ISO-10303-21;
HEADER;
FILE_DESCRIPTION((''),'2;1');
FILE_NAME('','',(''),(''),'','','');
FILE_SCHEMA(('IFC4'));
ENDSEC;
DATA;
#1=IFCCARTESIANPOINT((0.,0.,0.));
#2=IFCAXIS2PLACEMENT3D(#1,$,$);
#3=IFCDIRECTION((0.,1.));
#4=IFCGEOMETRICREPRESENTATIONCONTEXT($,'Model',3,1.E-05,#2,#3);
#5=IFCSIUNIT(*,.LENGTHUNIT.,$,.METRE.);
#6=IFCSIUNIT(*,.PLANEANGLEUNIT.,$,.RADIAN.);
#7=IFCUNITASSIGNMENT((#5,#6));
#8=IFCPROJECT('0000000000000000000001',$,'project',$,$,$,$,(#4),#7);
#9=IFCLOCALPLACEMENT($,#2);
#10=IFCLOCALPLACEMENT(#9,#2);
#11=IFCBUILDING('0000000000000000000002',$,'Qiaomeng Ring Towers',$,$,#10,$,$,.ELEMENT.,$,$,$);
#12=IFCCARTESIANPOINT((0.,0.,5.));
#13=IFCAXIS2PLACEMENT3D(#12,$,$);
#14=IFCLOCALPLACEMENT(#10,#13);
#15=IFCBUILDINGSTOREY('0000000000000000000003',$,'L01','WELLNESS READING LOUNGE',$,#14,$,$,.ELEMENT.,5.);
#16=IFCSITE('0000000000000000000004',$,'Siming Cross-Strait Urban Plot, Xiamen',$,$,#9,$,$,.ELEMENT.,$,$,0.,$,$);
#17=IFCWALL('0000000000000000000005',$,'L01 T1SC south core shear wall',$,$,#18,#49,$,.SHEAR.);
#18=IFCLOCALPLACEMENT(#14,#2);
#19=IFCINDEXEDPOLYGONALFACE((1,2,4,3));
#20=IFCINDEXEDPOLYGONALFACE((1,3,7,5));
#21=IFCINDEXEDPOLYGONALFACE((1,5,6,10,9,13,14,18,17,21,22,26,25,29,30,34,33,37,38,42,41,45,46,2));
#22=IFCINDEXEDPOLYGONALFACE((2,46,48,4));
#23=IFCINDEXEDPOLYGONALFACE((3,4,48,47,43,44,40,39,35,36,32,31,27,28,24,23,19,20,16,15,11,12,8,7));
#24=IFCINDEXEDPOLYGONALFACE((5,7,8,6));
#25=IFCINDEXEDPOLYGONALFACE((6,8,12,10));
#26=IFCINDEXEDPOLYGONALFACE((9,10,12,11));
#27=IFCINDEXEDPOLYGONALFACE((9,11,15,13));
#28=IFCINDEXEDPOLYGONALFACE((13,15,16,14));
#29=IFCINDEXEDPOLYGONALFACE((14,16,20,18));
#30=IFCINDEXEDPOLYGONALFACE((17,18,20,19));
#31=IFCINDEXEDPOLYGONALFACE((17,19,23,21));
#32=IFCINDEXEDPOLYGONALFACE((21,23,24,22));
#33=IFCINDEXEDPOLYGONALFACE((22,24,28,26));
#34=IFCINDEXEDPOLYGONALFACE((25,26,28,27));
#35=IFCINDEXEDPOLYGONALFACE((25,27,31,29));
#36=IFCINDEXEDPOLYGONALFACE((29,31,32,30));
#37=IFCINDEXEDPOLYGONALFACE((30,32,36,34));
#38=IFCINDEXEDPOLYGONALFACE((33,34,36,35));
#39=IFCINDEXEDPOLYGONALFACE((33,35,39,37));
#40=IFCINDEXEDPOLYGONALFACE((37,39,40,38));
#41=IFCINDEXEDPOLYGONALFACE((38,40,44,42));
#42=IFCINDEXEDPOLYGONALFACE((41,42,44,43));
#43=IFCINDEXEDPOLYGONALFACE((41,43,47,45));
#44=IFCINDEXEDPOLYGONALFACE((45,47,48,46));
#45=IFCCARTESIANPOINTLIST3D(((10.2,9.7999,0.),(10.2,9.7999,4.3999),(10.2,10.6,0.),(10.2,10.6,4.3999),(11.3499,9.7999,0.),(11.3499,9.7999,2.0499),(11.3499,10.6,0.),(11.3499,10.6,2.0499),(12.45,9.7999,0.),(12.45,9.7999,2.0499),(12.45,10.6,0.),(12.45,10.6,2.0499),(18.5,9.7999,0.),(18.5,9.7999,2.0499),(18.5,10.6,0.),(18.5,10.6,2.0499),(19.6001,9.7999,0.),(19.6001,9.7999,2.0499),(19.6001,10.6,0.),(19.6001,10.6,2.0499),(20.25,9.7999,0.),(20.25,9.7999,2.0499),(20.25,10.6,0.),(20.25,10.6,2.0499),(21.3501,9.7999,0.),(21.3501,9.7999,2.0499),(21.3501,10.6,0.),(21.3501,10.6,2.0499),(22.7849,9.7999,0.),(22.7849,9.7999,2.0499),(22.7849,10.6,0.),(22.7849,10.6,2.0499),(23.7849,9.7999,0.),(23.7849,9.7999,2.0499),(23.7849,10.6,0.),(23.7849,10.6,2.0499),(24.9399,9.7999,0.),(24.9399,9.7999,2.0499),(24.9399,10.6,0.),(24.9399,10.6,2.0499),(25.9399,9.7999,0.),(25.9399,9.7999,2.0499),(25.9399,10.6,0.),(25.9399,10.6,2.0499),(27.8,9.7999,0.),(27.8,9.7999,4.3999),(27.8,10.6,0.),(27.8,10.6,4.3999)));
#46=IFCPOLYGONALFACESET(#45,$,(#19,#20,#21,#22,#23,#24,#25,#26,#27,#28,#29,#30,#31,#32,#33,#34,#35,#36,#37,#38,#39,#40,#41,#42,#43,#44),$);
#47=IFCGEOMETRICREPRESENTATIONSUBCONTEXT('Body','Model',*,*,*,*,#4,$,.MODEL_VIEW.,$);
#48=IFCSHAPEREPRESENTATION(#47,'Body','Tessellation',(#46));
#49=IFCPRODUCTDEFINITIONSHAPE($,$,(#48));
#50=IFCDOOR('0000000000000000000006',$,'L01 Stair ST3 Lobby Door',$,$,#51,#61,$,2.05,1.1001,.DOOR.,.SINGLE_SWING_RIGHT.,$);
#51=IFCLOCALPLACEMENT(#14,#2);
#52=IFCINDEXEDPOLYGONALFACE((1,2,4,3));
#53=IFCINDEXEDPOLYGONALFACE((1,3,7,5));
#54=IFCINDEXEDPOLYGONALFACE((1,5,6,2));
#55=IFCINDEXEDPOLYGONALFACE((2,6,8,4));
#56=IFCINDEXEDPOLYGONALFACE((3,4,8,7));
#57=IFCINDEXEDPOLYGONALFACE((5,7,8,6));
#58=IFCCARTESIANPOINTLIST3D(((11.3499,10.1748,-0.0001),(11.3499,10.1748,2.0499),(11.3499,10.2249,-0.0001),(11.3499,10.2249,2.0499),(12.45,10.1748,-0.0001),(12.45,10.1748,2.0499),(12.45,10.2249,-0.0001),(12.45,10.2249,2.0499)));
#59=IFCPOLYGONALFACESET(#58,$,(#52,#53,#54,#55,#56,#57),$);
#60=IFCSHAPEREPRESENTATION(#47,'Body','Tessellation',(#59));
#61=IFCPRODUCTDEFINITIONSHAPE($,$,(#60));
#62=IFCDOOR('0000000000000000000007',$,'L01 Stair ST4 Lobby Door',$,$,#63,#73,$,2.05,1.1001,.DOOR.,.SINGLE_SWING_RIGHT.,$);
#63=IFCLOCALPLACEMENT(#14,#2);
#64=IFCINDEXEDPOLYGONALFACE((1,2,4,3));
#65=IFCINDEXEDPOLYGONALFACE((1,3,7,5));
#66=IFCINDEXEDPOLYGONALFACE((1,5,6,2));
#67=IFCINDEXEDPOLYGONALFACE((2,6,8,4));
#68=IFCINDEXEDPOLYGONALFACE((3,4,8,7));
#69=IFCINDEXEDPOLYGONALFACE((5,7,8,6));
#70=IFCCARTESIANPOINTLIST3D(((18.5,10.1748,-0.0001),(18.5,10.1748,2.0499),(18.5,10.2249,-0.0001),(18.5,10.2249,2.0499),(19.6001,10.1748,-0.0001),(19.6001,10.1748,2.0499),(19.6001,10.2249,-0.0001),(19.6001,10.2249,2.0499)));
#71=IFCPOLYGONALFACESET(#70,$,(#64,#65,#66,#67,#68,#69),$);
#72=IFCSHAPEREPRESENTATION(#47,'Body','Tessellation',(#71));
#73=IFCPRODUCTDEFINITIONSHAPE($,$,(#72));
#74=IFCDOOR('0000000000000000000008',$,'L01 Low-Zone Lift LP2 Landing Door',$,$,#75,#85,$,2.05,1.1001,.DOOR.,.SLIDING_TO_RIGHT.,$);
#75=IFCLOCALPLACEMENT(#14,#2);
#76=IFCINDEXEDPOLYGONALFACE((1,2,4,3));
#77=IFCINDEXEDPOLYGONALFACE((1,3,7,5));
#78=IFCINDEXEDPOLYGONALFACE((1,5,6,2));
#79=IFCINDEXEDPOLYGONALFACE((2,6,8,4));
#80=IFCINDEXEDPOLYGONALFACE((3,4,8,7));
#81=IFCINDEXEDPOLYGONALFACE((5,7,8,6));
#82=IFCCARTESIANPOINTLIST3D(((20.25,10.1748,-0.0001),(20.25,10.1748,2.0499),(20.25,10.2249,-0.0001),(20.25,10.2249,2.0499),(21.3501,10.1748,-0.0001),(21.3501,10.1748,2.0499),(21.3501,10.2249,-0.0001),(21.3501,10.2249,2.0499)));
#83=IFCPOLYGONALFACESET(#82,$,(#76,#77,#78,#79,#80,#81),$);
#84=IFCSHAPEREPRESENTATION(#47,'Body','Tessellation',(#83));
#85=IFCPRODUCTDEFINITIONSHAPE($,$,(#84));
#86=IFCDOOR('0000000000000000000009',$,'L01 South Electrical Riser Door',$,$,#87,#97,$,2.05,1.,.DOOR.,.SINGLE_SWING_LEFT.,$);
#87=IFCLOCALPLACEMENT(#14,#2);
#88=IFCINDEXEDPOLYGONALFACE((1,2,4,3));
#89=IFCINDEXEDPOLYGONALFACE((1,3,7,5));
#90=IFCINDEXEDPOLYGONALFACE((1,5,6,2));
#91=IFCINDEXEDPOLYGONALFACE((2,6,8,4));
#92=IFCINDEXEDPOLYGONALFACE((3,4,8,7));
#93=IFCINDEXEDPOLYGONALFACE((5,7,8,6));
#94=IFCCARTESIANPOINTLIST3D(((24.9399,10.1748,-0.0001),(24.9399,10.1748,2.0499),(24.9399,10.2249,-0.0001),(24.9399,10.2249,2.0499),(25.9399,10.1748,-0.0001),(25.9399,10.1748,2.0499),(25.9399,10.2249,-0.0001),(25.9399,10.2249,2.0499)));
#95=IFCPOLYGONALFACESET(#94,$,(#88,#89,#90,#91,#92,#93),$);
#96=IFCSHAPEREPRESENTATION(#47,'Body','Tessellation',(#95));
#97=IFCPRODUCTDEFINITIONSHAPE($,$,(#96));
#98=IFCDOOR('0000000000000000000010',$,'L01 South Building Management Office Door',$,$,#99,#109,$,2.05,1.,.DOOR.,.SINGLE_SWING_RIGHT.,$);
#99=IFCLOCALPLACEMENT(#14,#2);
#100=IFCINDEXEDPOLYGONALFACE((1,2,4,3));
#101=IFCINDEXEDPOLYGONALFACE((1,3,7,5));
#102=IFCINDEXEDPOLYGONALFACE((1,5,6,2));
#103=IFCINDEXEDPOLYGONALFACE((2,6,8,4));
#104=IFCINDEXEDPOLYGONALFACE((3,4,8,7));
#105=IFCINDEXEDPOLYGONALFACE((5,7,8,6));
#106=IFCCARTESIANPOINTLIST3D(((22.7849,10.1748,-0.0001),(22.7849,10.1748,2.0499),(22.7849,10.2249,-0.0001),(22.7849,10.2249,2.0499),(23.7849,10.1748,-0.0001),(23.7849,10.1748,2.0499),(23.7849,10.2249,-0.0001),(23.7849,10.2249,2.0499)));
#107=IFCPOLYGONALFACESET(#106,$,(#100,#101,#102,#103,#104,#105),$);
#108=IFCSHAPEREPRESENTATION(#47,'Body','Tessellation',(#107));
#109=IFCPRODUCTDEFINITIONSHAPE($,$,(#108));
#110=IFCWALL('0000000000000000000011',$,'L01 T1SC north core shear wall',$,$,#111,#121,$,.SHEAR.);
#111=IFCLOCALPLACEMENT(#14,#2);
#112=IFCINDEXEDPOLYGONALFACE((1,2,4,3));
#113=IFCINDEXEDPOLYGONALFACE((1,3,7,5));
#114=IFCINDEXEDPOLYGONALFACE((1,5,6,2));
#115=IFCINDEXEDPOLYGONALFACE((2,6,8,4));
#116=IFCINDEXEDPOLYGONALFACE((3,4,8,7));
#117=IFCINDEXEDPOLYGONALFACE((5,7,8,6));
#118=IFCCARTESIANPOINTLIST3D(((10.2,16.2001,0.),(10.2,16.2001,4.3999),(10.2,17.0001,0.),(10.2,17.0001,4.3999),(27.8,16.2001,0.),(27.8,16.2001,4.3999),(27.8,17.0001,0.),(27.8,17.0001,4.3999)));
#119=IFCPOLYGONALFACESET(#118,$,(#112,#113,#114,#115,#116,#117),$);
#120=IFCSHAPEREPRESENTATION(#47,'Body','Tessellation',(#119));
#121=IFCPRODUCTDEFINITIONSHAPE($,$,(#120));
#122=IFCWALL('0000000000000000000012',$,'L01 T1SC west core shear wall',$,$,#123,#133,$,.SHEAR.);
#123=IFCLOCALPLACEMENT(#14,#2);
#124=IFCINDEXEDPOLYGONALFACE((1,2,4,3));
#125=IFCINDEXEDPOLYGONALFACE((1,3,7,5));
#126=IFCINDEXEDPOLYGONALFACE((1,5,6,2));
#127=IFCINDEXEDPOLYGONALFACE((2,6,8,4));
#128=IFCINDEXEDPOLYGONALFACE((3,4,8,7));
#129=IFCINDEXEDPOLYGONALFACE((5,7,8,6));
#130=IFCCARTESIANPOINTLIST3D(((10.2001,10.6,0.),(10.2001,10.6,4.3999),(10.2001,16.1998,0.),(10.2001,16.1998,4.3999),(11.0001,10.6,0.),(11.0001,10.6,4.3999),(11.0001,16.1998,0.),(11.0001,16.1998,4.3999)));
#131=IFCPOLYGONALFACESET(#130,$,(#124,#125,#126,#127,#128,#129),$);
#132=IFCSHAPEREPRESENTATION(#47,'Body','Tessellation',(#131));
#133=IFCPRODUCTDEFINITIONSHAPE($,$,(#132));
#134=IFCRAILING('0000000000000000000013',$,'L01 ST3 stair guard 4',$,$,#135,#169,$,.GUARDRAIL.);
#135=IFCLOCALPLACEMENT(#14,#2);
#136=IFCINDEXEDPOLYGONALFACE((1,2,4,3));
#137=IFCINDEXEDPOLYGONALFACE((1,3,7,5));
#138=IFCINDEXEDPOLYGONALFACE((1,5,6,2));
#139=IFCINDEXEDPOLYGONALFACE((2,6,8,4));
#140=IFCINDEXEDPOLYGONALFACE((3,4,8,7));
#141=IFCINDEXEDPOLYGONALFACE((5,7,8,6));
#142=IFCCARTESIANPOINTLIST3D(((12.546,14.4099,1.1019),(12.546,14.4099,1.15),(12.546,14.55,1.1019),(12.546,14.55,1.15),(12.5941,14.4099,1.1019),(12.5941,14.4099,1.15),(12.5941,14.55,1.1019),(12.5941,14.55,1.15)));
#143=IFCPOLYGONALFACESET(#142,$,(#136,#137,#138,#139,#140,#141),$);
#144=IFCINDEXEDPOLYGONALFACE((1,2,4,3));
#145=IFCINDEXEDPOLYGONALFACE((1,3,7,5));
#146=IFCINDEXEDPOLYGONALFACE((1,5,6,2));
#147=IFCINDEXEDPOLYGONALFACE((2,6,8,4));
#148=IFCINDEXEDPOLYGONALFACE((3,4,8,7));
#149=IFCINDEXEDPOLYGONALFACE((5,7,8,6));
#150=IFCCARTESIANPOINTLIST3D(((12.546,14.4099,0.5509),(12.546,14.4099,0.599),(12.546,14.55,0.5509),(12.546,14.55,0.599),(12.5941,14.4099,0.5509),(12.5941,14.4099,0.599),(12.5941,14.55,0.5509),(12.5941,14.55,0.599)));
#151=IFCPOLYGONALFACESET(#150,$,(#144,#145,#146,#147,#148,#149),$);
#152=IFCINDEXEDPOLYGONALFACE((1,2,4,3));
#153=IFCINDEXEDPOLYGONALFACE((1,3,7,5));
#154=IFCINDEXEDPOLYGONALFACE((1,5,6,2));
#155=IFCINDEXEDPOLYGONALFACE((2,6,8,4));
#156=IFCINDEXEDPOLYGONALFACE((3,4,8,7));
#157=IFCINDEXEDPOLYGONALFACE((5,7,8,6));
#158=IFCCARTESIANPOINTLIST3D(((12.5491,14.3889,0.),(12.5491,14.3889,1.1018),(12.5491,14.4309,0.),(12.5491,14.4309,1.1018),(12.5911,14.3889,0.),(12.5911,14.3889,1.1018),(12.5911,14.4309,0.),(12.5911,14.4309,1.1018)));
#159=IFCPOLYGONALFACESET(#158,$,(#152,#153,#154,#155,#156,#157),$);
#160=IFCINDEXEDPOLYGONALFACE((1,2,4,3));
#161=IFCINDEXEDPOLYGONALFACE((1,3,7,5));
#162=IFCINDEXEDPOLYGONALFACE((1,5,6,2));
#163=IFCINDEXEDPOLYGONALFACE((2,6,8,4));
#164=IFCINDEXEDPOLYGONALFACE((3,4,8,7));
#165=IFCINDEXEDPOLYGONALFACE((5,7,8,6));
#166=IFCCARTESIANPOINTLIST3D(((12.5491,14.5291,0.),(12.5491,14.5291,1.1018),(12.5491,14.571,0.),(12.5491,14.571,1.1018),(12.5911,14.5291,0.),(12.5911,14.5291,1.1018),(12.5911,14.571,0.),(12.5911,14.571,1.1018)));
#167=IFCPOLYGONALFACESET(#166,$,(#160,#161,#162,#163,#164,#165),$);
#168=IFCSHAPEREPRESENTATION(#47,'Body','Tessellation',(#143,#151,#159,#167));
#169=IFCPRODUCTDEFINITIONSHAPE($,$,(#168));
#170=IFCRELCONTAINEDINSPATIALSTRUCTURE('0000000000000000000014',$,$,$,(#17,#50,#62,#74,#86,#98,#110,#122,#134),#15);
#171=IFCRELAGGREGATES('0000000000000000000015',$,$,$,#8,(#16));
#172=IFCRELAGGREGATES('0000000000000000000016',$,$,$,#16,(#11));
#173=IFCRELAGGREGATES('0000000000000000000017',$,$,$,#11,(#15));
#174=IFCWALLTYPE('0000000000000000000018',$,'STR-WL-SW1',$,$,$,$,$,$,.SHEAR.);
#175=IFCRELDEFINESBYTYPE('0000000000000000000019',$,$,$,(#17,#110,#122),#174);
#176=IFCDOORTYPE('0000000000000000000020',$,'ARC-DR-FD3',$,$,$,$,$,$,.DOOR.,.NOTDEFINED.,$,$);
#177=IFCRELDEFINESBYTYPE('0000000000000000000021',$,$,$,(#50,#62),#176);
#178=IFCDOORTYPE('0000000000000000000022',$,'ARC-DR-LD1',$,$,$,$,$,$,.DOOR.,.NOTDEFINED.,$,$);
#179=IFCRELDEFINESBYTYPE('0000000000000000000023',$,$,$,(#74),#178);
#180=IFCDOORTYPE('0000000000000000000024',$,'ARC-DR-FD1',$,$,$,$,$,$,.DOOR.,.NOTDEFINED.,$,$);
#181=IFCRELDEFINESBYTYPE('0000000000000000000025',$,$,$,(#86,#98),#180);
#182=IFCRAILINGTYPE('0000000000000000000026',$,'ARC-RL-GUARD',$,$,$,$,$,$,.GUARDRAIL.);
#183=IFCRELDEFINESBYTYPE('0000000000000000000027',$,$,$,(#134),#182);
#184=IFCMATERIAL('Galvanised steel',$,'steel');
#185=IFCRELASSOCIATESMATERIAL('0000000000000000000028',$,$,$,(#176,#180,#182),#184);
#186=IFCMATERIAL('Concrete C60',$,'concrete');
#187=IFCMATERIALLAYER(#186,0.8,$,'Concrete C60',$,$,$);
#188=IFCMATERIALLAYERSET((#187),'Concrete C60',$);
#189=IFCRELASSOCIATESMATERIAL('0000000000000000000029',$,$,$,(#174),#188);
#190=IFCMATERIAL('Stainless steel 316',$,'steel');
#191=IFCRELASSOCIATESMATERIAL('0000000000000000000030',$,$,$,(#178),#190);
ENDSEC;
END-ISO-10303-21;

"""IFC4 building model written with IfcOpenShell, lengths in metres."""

from ifc_helpers import new_model, si_unit, direction, frame, frame_2d, origin, origin_2d, place, context, subcontext, project, spatial, rectangle, extrude, source, transform, mapped, material, layer, layer_set, type_object, element, fill, save


model = new_model("IFC4")

# Units and contexts
model_context = context("Model", 3, precision=1e-05, world=origin(), true_north=direction((0.0, 1.0)))
body_context = subcontext(model_context, "Body", "Model", "MODEL_VIEW")
ifc_project = project(units=[si_unit("LENGTHUNIT", "METRE"), si_unit("PLANEANGLEUNIT", "RADIAN")], contexts=[model_context])

# Site, building, storey
site_placement = place(None, origin())
site = spatial("IfcSite", under=ifc_project, at=site_placement, Name="Siming Cross-Strait Urban Plot, Xiamen", CompositionType="ELEMENT", RefElevation=0.0)
building_placement = place(site_placement, origin())
building = spatial("IfcBuilding", under=site, at=building_placement, Name="Qiaomeng Ring Towers", CompositionType="ELEMENT")
storey_placement = place(building_placement, frame((0.0, 0.0, 5.0)))
storey = spatial("IfcBuildingStorey", under=building, at=storey_placement, Name="L01", Description="WELLNESS READING LOUNGE", CompositionType="ELEMENT", Elevation=5.0)

# Shared definitions
ifc_material_1 = material(Name="Concrete C60", Category="concrete")

# Shared definitions
shared_shape_1 = source(origin(), body_context, "Body", "SweptSolid", [
    extrude(rectangle(XDim=1.0, YDim=2.05, at=frame_2d((0.5, 1.0249))), frame((0.0, 0.0249, 0.0), z_axis=(0.0, -1.0, 0.0), x_axis=(1.0, 0.0, 0.0)), (0.0, 0.0, 1.0), 0.05),
])

# Shared definitions
ifc_material_2 = material(Name="Galvanised steel", Category="steel")
door_type_1 = type_object("IfcDoorType", Name="ARC-DR-FD3", OperationType="NOTDEFINED", PredefinedType="DOOR", material=ifc_material_2)
shared_shape_2 = source(origin(), body_context, "Body", "SweptSolid", [
    extrude(rectangle(XDim=1.1001, YDim=2.05, at=frame_2d((0.55, 1.0249))), frame((0.0, 0.0249, 0.0), z_axis=(0.0, -1.0, 0.0), x_axis=(1.0, 0.0, 0.0)), (0.0, 0.0, 1.0), 0.05),
])

# Wall, openings, doors
ifc_layer_1 = layer(ifc_material_1, 0.8, Name="Concrete C60")
ifc_layer_set_1 = layer_set([ifc_layer_1], Name="Concrete C60")
wall_type_1 = type_object("IfcWallType", Name="STR-WL-SW1", PredefinedType="SHEAR", material=ifc_layer_set_1)
wall_1_placement = place(storey_placement, frame((10.2, 10.2, 0.0), z_axis=(0.0, 0.0, 1.0), x_axis=(1.0, 0.0, 0.0)))
wall_1 = element("IfcWall", 1, at=wall_1_placement, inside=storey, type_object=wall_type_1, Name="L01 T1SC south core shear wall", PredefinedType="SHEAR", context=body_context, shape_type="SweptSolid", body=[
    extrude(rectangle(XDim=17.6001, YDim=0.8, at=frame_2d((8.8, 0.0))), origin(), (0.0, 0.0, 1.0), 4.3999),
])
opening_1_placement = place(wall_1_placement, frame((1.1499, 0.0, 0.0)))
opening_1 = element("IfcOpeningElement", 2, at=opening_1_placement, cuts=wall_1, PredefinedType="OPENING", context=body_context, shape_type="SweptSolid", body=[
    extrude(rectangle(XDim=1.1001, YDim=2.05, at=frame_2d((0.55, 1.0249))), frame((0.0, 0.4099, 0.0), z_axis=(0.0, -1.0, 0.0), x_axis=(1.0, 0.0, 0.0)), (0.0, 0.0, 1.0), 0.8201),
])
opening_2_placement = place(wall_1_placement, frame((8.3, 0.0, 0.0)))
opening_2 = element("IfcOpeningElement", 3, at=opening_2_placement, cuts=wall_1, PredefinedType="OPENING", context=body_context, shape_type="SweptSolid", body=[
    extrude(rectangle(XDim=1.1001, YDim=2.05, at=frame_2d((0.55, 1.0249))), frame((0.0, 0.4099, 0.0), z_axis=(0.0, -1.0, 0.0), x_axis=(1.0, 0.0, 0.0)), (0.0, 0.0, 1.0), 0.8201),
])
opening_3_placement = place(wall_1_placement, frame((10.05, 0.0, 0.0)))
opening_3 = element("IfcOpeningElement", 4, at=opening_3_placement, cuts=wall_1, PredefinedType="OPENING", context=body_context, shape_type="SweptSolid", body=[
    extrude(rectangle(XDim=1.1001, YDim=2.05, at=frame_2d((0.55, 1.0249))), frame((0.0, 0.4099, 0.0), z_axis=(0.0, -1.0, 0.0), x_axis=(1.0, 0.0, 0.0)), (0.0, 0.0, 1.0), 0.8201),
])
opening_4_placement = place(wall_1_placement, frame((14.74, 0.0, 0.0)))
opening_4 = element("IfcOpeningElement", 5, at=opening_4_placement, cuts=wall_1, PredefinedType="OPENING", context=body_context, shape_type="SweptSolid", body=[
    extrude(rectangle(XDim=1.0, YDim=2.05, at=frame_2d((0.5, 1.0249))), frame((0.0, 0.4099, 0.0), z_axis=(0.0, -1.0, 0.0), x_axis=(1.0, 0.0, 0.0)), (0.0, 0.0, 1.0), 0.8201),
])
opening_5_placement = place(wall_1_placement, frame((12.585, 0.0, 0.0)))
opening_5 = element("IfcOpeningElement", 6, at=opening_5_placement, cuts=wall_1, PredefinedType="OPENING", context=body_context, shape_type="SweptSolid", body=[
    extrude(rectangle(XDim=1.0, YDim=2.05, at=frame_2d((0.5, 1.0249))), frame((0.0, 0.4099, 0.0), z_axis=(0.0, -1.0, 0.0), x_axis=(1.0, 0.0, 0.0)), (0.0, 0.0, 1.0), 0.8201),
])
door_1_placement = place(opening_1_placement, origin())
door_1 = element("IfcDoor", 7, at=door_1_placement, inside=storey, type_object=door_type_1, Name="L01 Stair ST3 Lobby Door", OperationType="SINGLE_SWING_RIGHT", OverallHeight=2.05, OverallWidth=1.1001, PredefinedType="DOOR", context=body_context, shape_type="MappedRepresentation", body=[
    mapped(shared_shape_2, transform((0.0, 0.0, 0.0), x_axis=(1.0, 0.0, 0.0), y_axis=(0.0, 1.0, 0.0), z_axis=(0.0, 0.0, 1.0), scale=1.0)),
])
fill(opening_1, door_1)
door_2_placement = place(opening_2_placement, origin())
door_2 = element("IfcDoor", 8, at=door_2_placement, inside=storey, type_object=door_type_1, Name="L01 Stair ST4 Lobby Door", OperationType="SINGLE_SWING_RIGHT", OverallHeight=2.05, OverallWidth=1.1001, PredefinedType="DOOR", context=body_context, shape_type="MappedRepresentation", body=[
    mapped(shared_shape_2, transform((0.0, 0.0, 0.0), x_axis=(1.0, 0.0, 0.0), y_axis=(0.0, 1.0, 0.0), z_axis=(0.0, 0.0, 1.0), scale=1.0)),
])
fill(opening_2, door_2)
ifc_material_3 = material(Name="Stainless steel 316", Category="steel")
door_type_2 = type_object("IfcDoorType", Name="ARC-DR-LD1", OperationType="NOTDEFINED", PredefinedType="DOOR", material=ifc_material_3)
door_3_placement = place(opening_3_placement, origin())
door_3 = element("IfcDoor", 9, at=door_3_placement, inside=storey, type_object=door_type_2, Name="L01 Low-Zone Lift LP2 Landing Door", OperationType="SLIDING_TO_RIGHT", OverallHeight=2.05, OverallWidth=1.1001, PredefinedType="DOOR", context=body_context, shape_type="MappedRepresentation", body=[
    mapped(shared_shape_2, transform((0.0, 0.0, 0.0), x_axis=(1.0, 0.0, 0.0), y_axis=(0.0, 1.0, 0.0), z_axis=(0.0, 0.0, 1.0), scale=1.0)),
])
fill(opening_3, door_3)
door_type_3 = type_object("IfcDoorType", Name="ARC-DR-FD1", OperationType="NOTDEFINED", PredefinedType="DOOR", material=ifc_material_2)
door_4_placement = place(opening_4_placement, origin())
door_4 = element("IfcDoor", 10, at=door_4_placement, inside=storey, type_object=door_type_3, Name="L01 South Electrical Riser Door", OperationType="SINGLE_SWING_LEFT", OverallHeight=2.05, OverallWidth=1.0, PredefinedType="DOOR", context=body_context, shape_type="MappedRepresentation", body=[
    mapped(shared_shape_1, transform((0.0, 0.0, 0.0), x_axis=(1.0, 0.0, 0.0), y_axis=(0.0, 1.0, 0.0), z_axis=(0.0, 0.0, 1.0), scale=1.0)),
])
fill(opening_4, door_4)
door_5_placement = place(opening_5_placement, origin())
door_5 = element("IfcDoor", 11, at=door_5_placement, inside=storey, type_object=door_type_3, Name="L01 South Building Management Office Door", OperationType="SINGLE_SWING_RIGHT", OverallHeight=2.05, OverallWidth=1.0, PredefinedType="DOOR", context=body_context, shape_type="MappedRepresentation", body=[
    mapped(shared_shape_1, transform((0.0, 0.0, 0.0), x_axis=(1.0, 0.0, 0.0), y_axis=(0.0, 1.0, 0.0), z_axis=(0.0, 0.0, 1.0), scale=1.0)),
])
fill(opening_5, door_5)

# Walls
wall_2_placement = place(storey_placement, frame((10.2, 16.6001, 0.0), z_axis=(0.0, 0.0, 1.0), x_axis=(1.0, 0.0, 0.0)))
element("IfcWall", 12, at=wall_2_placement, inside=storey, type_object=wall_type_1, Name="L01 T1SC north core shear wall", PredefinedType="SHEAR", context=body_context, shape_type="SweptSolid", body=[
    extrude(rectangle(XDim=17.6001, YDim=0.8, at=frame_2d((8.8, 0.0))), origin(), (0.0, 0.0, 1.0), 4.3999),
])
wall_3_placement = place(storey_placement, frame((10.6001, 10.6001, 0.0), z_axis=(0.0, 0.0, 1.0), x_axis=(0.0, 1.0, 0.0)))
element("IfcWall", 13, at=wall_3_placement, inside=storey, type_object=wall_type_1, Name="L01 T1SC west core shear wall", PredefinedType="SHEAR", context=body_context, shape_type="SweptSolid", body=[
    extrude(rectangle(XDim=5.5999, YDim=0.8, at=frame_2d((2.7998, 0.0))), origin(), (0.0, 0.0, 1.0), 4.3999),
])

# Railing
railing_type_1 = type_object("IfcRailingType", Name="ARC-RL-GUARD", PredefinedType="GUARDRAIL", material=ifc_material_2)
railing_1_placement = place(storey_placement, frame((12.5701, 14.4099, 0.0)))
element("IfcRailing", 14, at=railing_1_placement, inside=storey, type_object=railing_type_1, Name="L01 ST3 stair guard 4", PredefinedType="GUARDRAIL", context=body_context, shape_type="SweptSolid", body=[
    extrude(rectangle(XDim=0.0481, YDim=0.0481, at=origin_2d()), frame((0.0, 0.0, 1.126), z_axis=(0.0, 1.0, 0.0), x_axis=(-1.0, 0.0, 0.0)), (0.0, 0.0, 1.0), 0.1401),
    extrude(rectangle(XDim=0.0481, YDim=0.0481, at=origin_2d()), frame((0.0, 0.0, 0.575), z_axis=(0.0, 1.0, 0.0), x_axis=(-1.0, 0.0, 0.0)), (0.0, 0.0, 1.0), 0.1401),
    extrude(rectangle(XDim=0.042, YDim=0.042, at=origin_2d()), origin(), (0.0, 0.0, 1.0), 1.1018),
    extrude(rectangle(XDim=0.042, YDim=0.042, at=origin_2d()), frame((0.0, 0.1401, 0.0)), (0.0, 0.0, 1.0), 1.1018),
])

save(model, "model.ifc")
